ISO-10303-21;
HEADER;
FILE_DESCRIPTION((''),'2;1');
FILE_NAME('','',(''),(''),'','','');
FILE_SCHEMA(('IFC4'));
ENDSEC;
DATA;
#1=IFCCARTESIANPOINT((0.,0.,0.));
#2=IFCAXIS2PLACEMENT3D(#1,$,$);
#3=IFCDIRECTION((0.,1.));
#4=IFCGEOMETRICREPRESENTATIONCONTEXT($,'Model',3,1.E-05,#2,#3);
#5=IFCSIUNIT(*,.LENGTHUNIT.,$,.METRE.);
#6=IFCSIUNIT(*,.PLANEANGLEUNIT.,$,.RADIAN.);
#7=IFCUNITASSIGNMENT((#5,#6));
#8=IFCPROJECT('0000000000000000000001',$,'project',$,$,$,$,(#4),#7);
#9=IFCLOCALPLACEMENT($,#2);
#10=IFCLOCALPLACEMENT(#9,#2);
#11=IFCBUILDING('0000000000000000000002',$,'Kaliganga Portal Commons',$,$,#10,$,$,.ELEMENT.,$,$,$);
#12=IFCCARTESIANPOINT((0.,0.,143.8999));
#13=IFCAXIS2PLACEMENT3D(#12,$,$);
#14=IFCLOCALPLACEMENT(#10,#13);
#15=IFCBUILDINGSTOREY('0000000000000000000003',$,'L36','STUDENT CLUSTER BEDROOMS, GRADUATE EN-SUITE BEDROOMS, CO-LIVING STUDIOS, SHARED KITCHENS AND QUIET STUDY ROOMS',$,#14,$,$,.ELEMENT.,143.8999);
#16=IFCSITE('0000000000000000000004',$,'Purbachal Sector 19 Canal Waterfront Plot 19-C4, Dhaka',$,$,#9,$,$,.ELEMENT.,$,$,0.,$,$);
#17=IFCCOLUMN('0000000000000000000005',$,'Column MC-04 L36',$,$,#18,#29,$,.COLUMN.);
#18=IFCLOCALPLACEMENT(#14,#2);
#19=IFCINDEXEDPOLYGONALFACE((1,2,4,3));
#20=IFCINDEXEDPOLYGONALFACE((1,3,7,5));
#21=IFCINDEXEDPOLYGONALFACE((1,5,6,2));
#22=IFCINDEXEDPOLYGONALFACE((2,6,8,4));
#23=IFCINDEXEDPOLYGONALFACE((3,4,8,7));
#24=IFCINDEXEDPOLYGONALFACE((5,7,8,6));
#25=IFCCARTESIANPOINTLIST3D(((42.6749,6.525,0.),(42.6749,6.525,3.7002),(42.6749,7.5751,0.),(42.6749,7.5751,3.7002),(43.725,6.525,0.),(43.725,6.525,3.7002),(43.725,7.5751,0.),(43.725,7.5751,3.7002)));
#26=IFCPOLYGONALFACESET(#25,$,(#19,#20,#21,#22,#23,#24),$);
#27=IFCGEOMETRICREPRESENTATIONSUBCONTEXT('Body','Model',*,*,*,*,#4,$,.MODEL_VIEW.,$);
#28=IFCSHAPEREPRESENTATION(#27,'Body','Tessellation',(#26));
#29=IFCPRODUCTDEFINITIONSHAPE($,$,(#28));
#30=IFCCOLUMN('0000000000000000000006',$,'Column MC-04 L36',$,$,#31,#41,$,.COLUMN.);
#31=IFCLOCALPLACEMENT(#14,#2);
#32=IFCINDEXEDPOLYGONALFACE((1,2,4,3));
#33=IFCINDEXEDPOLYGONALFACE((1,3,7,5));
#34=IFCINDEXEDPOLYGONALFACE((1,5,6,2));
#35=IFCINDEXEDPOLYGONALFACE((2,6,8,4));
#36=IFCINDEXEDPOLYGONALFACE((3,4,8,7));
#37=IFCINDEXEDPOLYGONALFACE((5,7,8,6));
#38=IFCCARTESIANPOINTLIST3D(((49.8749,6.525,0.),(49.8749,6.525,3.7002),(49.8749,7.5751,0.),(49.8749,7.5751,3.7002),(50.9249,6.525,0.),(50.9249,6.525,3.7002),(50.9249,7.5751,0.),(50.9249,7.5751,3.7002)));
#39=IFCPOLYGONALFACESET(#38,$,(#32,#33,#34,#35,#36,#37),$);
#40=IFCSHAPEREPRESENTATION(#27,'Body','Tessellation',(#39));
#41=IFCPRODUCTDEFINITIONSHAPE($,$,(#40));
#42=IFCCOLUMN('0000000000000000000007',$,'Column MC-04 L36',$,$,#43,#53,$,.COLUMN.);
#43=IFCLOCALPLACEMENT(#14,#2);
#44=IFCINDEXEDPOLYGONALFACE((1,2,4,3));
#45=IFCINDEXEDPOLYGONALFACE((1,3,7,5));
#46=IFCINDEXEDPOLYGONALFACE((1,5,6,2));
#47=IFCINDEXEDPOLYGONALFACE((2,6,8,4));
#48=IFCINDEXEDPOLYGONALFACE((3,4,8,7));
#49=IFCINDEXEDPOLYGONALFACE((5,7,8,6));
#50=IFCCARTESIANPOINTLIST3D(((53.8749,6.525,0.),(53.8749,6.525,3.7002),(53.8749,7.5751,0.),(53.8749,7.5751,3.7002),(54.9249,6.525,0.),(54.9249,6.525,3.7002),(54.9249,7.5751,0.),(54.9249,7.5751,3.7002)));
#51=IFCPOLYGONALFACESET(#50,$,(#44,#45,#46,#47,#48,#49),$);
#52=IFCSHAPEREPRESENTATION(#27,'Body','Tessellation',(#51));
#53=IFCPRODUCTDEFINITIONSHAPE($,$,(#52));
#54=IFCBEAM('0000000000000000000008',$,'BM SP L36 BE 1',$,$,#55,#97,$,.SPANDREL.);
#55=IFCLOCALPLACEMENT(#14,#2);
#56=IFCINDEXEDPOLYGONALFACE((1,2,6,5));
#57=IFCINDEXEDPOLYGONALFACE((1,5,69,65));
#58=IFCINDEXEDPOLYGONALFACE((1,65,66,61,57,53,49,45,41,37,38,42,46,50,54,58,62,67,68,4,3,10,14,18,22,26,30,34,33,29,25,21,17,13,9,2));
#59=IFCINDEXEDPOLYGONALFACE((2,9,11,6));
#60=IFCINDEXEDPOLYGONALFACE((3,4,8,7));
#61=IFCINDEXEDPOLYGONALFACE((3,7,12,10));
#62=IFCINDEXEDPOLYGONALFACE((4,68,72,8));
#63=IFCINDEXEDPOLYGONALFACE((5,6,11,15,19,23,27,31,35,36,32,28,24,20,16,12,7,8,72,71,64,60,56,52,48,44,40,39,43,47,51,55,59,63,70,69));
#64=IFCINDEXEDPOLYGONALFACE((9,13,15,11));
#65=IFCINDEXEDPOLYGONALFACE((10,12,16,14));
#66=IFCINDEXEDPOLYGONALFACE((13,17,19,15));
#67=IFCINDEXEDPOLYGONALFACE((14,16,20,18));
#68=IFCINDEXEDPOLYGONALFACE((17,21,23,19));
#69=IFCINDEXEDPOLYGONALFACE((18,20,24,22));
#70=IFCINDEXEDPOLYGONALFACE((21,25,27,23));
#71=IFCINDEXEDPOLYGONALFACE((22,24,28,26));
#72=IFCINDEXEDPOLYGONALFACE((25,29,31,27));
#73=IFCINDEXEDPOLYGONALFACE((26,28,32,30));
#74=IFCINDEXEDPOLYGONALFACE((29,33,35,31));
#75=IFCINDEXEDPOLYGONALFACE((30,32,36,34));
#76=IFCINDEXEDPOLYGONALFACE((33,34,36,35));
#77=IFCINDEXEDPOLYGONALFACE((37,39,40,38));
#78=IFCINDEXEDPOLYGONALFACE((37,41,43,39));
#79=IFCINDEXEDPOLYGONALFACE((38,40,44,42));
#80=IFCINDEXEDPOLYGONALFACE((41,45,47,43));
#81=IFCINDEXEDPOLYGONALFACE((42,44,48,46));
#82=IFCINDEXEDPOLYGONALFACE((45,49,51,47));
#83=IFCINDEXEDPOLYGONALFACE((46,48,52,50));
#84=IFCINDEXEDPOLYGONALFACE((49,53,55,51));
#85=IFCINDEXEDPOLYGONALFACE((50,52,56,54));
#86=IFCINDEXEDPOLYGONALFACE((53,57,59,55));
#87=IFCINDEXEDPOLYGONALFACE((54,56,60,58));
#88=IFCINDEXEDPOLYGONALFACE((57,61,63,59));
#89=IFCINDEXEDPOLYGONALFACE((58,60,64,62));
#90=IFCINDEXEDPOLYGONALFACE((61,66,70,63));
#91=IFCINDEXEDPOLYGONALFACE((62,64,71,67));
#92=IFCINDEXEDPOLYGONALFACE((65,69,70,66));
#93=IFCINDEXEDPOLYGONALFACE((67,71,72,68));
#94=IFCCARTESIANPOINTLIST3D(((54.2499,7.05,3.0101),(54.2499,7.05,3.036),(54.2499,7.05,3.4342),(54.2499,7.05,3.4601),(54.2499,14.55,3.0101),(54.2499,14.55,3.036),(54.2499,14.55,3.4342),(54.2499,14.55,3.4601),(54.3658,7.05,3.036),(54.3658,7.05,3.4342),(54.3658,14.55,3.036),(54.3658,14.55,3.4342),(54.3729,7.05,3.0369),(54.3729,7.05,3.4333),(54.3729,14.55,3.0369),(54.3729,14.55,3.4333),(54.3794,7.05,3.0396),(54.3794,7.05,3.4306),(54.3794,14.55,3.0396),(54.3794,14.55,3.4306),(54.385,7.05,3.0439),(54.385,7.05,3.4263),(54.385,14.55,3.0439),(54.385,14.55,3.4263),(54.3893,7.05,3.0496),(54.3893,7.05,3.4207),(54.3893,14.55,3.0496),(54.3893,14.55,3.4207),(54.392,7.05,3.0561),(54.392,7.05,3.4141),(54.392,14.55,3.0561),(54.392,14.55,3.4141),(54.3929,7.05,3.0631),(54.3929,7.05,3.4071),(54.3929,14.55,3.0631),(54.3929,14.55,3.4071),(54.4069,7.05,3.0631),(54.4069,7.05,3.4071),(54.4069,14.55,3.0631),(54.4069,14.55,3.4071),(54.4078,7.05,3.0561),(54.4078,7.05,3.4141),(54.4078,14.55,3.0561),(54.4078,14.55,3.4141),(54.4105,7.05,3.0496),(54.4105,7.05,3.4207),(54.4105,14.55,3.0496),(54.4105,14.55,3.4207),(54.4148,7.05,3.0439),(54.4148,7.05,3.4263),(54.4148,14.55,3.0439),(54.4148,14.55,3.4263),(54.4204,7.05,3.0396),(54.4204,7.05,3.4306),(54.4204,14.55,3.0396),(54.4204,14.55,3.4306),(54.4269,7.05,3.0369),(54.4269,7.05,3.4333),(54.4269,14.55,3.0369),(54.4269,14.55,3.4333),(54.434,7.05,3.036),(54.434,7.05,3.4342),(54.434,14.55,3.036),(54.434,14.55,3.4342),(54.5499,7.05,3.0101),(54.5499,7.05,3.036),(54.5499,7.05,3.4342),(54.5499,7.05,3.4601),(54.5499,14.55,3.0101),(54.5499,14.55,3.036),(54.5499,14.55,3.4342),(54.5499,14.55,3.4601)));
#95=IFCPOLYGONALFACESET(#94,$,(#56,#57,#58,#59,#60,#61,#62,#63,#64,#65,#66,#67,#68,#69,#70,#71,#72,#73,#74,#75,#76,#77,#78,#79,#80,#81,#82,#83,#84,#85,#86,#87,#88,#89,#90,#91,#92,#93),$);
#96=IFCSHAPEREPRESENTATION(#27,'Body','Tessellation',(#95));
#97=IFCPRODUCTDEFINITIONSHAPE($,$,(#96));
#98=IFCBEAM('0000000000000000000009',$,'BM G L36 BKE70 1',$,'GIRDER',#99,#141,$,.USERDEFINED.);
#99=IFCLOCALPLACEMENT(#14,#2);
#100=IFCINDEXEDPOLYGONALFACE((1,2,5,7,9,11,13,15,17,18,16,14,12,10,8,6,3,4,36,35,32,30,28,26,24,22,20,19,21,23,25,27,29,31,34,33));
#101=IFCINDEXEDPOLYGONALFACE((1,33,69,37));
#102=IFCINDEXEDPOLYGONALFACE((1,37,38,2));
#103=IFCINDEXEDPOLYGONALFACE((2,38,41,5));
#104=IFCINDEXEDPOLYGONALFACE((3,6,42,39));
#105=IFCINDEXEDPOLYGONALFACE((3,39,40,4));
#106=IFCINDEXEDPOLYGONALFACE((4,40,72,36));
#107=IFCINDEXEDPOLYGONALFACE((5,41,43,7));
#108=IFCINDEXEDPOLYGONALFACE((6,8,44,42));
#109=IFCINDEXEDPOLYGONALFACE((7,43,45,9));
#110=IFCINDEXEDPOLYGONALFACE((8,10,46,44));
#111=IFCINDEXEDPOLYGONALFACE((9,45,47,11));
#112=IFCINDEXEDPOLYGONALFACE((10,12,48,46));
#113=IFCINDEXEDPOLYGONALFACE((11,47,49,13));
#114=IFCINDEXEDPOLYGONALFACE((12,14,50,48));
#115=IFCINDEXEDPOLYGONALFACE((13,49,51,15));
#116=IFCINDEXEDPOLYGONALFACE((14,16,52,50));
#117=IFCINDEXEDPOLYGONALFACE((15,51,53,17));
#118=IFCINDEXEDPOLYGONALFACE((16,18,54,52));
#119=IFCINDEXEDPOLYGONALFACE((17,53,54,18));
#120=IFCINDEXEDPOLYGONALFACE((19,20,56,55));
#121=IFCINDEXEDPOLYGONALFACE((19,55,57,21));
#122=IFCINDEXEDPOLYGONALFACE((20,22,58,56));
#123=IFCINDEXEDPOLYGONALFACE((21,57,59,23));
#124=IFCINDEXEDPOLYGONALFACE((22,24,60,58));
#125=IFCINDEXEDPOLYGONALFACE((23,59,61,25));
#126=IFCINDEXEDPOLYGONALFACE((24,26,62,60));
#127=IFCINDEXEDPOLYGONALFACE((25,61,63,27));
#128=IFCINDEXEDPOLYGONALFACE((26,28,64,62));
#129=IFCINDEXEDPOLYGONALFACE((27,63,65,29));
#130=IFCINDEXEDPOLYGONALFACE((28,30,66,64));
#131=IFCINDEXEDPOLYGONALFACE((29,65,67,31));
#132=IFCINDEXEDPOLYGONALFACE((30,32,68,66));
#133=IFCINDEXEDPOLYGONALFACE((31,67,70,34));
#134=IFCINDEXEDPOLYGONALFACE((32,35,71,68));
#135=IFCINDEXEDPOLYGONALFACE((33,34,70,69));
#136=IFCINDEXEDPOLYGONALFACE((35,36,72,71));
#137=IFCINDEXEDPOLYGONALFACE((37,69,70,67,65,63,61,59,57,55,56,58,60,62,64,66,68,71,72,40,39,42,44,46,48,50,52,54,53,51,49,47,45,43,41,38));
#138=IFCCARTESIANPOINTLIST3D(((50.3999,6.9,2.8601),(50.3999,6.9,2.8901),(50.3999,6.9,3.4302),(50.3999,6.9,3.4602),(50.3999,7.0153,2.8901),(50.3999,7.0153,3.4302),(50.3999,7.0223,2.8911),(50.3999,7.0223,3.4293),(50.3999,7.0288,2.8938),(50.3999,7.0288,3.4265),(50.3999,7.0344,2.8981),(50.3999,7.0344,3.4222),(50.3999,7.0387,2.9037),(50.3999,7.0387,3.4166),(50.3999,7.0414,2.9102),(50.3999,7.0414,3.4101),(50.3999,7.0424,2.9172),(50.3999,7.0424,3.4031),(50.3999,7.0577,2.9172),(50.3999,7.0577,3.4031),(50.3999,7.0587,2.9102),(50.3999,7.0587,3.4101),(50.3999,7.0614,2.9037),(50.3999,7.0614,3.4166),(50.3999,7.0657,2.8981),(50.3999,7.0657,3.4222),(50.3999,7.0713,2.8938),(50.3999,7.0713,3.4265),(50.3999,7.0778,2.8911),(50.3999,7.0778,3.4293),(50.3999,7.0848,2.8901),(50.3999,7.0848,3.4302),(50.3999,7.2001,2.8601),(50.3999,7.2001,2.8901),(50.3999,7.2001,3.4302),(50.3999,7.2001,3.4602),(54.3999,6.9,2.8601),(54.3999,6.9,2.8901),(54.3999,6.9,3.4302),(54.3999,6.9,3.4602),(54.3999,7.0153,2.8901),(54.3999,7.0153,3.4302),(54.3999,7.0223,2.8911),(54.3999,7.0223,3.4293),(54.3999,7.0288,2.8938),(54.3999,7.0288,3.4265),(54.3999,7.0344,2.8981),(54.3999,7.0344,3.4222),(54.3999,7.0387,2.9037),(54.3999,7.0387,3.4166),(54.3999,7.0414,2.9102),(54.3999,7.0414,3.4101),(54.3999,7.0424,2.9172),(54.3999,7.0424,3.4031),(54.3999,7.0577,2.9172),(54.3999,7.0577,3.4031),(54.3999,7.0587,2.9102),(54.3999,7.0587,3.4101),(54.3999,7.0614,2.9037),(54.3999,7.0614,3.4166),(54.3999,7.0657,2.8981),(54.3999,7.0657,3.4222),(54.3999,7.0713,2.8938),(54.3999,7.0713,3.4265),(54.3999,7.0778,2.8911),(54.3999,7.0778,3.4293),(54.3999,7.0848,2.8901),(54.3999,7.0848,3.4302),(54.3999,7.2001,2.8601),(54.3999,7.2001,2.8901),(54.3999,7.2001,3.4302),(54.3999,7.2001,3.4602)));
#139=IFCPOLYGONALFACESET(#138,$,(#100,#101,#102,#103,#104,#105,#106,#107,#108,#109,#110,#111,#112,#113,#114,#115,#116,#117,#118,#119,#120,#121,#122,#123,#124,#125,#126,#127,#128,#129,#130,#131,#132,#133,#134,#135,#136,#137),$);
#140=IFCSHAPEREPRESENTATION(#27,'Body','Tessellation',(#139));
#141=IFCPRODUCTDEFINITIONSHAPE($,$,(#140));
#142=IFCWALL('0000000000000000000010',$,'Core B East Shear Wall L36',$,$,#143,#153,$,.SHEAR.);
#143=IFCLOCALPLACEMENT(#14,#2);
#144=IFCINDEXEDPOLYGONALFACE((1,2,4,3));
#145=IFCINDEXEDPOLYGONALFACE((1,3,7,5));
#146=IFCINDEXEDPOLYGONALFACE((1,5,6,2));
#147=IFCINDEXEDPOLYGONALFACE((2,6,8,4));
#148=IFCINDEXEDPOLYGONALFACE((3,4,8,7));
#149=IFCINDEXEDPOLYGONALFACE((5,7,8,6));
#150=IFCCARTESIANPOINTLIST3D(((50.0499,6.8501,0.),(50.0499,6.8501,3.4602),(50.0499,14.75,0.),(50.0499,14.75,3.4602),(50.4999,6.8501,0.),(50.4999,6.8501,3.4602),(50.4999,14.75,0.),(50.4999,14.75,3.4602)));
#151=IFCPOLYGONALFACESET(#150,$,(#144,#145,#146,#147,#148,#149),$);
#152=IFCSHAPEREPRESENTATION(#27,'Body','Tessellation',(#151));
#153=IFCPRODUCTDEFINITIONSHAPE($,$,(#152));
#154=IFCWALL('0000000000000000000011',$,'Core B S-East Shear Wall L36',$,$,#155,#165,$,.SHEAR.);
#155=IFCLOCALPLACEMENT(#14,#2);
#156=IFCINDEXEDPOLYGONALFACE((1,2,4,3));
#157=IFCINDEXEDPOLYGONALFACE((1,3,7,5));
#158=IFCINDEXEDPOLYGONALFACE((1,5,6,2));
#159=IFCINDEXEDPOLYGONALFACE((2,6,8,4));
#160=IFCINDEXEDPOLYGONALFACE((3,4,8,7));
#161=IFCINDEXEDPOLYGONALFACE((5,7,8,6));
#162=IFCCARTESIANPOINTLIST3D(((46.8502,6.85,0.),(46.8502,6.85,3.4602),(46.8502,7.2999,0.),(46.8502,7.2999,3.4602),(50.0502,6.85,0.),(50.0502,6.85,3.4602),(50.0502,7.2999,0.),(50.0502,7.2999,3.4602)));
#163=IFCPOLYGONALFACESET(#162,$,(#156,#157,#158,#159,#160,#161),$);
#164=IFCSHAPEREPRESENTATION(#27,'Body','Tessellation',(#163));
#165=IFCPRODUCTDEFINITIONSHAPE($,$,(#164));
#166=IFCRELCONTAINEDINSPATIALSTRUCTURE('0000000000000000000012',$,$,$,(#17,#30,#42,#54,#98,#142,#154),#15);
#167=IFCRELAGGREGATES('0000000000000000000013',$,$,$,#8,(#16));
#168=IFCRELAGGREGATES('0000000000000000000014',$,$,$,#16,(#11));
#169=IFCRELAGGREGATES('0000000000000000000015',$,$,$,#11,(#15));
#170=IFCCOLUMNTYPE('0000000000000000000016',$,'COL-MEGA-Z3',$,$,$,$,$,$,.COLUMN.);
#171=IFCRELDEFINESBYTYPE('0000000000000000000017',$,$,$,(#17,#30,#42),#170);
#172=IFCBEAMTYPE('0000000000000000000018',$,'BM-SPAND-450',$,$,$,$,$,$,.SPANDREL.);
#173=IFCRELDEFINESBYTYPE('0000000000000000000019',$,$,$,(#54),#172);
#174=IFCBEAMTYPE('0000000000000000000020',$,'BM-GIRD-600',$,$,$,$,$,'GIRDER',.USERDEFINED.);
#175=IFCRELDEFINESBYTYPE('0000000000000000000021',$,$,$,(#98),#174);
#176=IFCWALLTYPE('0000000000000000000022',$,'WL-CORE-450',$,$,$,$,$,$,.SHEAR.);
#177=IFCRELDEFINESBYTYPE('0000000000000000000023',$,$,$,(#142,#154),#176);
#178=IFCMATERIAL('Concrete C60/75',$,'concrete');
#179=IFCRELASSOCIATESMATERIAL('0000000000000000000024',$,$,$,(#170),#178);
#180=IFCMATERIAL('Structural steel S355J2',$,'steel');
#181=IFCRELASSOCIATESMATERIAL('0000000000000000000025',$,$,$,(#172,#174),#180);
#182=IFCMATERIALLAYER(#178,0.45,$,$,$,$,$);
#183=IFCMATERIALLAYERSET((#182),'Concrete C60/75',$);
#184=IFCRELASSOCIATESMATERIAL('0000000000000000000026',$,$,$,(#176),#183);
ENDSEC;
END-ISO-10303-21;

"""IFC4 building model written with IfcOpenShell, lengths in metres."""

from ifc_helpers import new_model, si_unit, direction, frame, frame_2d, origin, origin_2d, place, context, subcontext, project, spatial, rectangle, i_section, extrude, source, transform, mapped, material, layer, layer_set, material_profile, profile_set, type_object, element, save


model = new_model("IFC4")

# Units and contexts
model_context = context("Model", 3, precision=1e-05, world=origin(), true_north=direction((0.0, 1.0)))
body_context = subcontext(model_context, "Body", "Model", "MODEL_VIEW")
ifc_project = project(units=[si_unit("LENGTHUNIT", "METRE"), si_unit("PLANEANGLEUNIT", "RADIAN")], contexts=[model_context])

# Site, building, storey
site_placement = place(None, origin())
site = spatial("IfcSite", under=ifc_project, at=site_placement, Name="Purbachal Sector 19 Canal Waterfront Plot 19-C4, Dhaka", CompositionType="ELEMENT", RefElevation=0.0)
building_placement = place(site_placement, origin())
building = spatial("IfcBuilding", under=site, at=building_placement, Name="Kaliganga Portal Commons", CompositionType="ELEMENT")
storey_placement = place(building_placement, frame((0.0, 0.0, 143.8999)))
storey = spatial("IfcBuildingStorey", under=building, at=storey_placement, Name="L36", Description="STUDENT CLUSTER BEDROOMS, GRADUATE EN-SUITE BEDROOMS, CO-LIVING STUDIOS, SHARED KITCHENS AND QUIET STUDY ROOMS", CompositionType="ELEMENT", Elevation=143.8999)

# Columns
ifc_material_1 = material(Name="Concrete C60/75", Category="concrete")
ifc_material_profile_1 = material_profile(ifc_material_1, rectangle(XDim=1.05, YDim=1.05, at=origin_2d()), Name="RC 1050x1050")
ifc_profile_set_1 = profile_set([ifc_material_profile_1], Name="Concrete C60/75")
column_type = type_object("IfcColumnType", Name="COL-MEGA-Z3", PredefinedType="COLUMN", material=ifc_profile_set_1)
shared_shape_1 = source(origin(), body_context, "Body", "SweptSolid", [
    extrude(rectangle(XDim=1.05, YDim=1.05, at=origin_2d()), origin(), (0.0, 0.0, 1.0), 3.7002),
])
for number, where, z_axis, x_axis, name in (
    (1, (43.2, 7.05, 0.0), (0.0, 0.0, 1.0), (1.0, 0.0, 0.0), "Column MC-04 L36"),
    (2, (50.3999, 7.05, 0.0), (0.0, 0.0, 1.0), (1.0, 0.0, 0.0), "Column MC-04 L36"),
    (3, (54.3999, 7.05, 0.0), (0.0, 0.0, 1.0), (1.0, 0.0, 0.0), "Column MC-04 L36"),
):
    element("IfcColumn", number, at=place(storey_placement, frame(where, z_axis=z_axis, x_axis=x_axis)), inside=storey, type_object=column_type, Name=name, PredefinedType="COLUMN", context=body_context, shape_type="MappedRepresentation", body=[
        mapped(shared_shape_1, transform((0.0, 0.0, 0.0), x_axis=(1.0, 0.0, 0.0), y_axis=(0.0, 1.0, 0.0), z_axis=(0.0, 0.0, 1.0), scale=1.0)),
    ])

# Beams
ifc_material_2 = material(Name="Structural steel S355J2", Category="steel")
ifc_material_profile_2 = material_profile(ifc_material_2, i_section(OverallWidth=0.3, OverallDepth=0.45, WebThickness=0.0139, FlangeThickness=0.0259, FilletRadius=0.0271, at=origin_2d()), Name="HE 450 B")
ifc_profile_set_2 = profile_set([ifc_material_profile_2], Name="Structural steel S355J2 wide-flange")
beam_type_1 = type_object("IfcBeamType", Name="BM-SPAND-450", PredefinedType="SPANDREL", material=ifc_profile_set_2)
shared_shape_2 = source(origin(), body_context, "Body", "SweptSolid", [
    extrude(i_section(OverallWidth=0.3, OverallDepth=0.45, WebThickness=0.0139, FlangeThickness=0.0259, FilletRadius=0.0271, at=origin_2d()), origin(), (0.0, 0.0, 1.0), 7.5),
])
beam_1_placement = place(storey_placement, frame((54.3999, 7.05, 3.2351), z_axis=(0.0, 1.0, 0.0), x_axis=(-1.0, 0.0, 0.0)))
element("IfcBeam", 4, at=beam_1_placement, inside=storey, type_object=beam_type_1, Name="BM SP L36 BE 1", PredefinedType="SPANDREL", context=body_context, shape_type="MappedRepresentation", body=[
    mapped(shared_shape_2, transform((0.0, 0.0, 0.0), x_axis=(1.0, 0.0, 0.0), y_axis=(0.0, 1.0, 0.0), z_axis=(0.0, 0.0, 1.0), scale=1.0)),
])
ifc_material_profile_3 = material_profile(ifc_material_2, i_section(OverallWidth=0.3, OverallDepth=0.6001, WebThickness=0.0154, FlangeThickness=0.03, FilletRadius=0.0271, at=origin_2d()), Name="HE 600 B")
ifc_profile_set_3 = profile_set([ifc_material_profile_3], Name="Structural steel S355J2 wide-flange")
beam_type_2 = type_object("IfcBeamType", Name="BM-GIRD-600", ElementType="GIRDER", PredefinedType="USERDEFINED", material=ifc_profile_set_3)
shared_shape_3 = source(origin(), body_context, "Body", "SweptSolid", [
    extrude(i_section(OverallWidth=0.3, OverallDepth=0.6001, WebThickness=0.0154, FlangeThickness=0.03, FilletRadius=0.0271, at=origin_2d()), origin(), (0.0, 0.0, 1.0), 4.0),
])
beam_2_placement = place(storey_placement, frame((50.3999, 7.05, 3.1602), z_axis=(1.0, 0.0, 0.0), x_axis=(0.0, 1.0, 0.0)))
element("IfcBeam", 5, at=beam_2_placement, inside=storey, type_object=beam_type_2, Name="BM G L36 BKE70 1", ObjectType="GIRDER", PredefinedType="USERDEFINED", context=body_context, shape_type="MappedRepresentation", body=[
    mapped(shared_shape_3, transform((0.0, 0.0, 0.0), x_axis=(1.0, 0.0, 0.0), y_axis=(0.0, 1.0, 0.0), z_axis=(0.0, 0.0, 1.0), scale=1.0)),
])

# Walls
ifc_layer_1 = layer(ifc_material_1, 0.45)
ifc_layer_set_1 = layer_set([ifc_layer_1], Name="Concrete C60/75")
wall_type_1 = type_object("IfcWallType", Name="WL-CORE-450", PredefinedType="SHEAR", material=ifc_layer_set_1)
wall_1_placement = place(storey_placement, frame((50.2749, 6.8501, 0.0), z_axis=(0.0, 0.0, 1.0), x_axis=(0.0, 1.0, 0.0)))
element("IfcWall", 6, at=wall_1_placement, inside=storey, type_object=wall_type_1, Name="Core B East Shear Wall L36", PredefinedType="SHEAR", context=body_context, shape_type="SweptSolid", body=[
    extrude(rectangle(XDim=7.8999, YDim=0.45, at=frame_2d((3.95, 0.0))), origin(), (0.0, 0.0, 1.0), 3.4602),
])
wall_2_placement = place(storey_placement, frame((46.8501, 7.075, 0.0), z_axis=(0.0, 0.0, 1.0), x_axis=(1.0, 0.0, 0.0)))
element("IfcWall", 7, at=wall_2_placement, inside=storey, type_object=wall_type_1, Name="Core B S-East Shear Wall L36", PredefinedType="SHEAR", context=body_context, shape_type="SweptSolid", body=[
    extrude(rectangle(XDim=3.2, YDim=0.45, at=frame_2d((1.6001, 0.0))), origin(), (0.0, 0.0, 1.0), 3.4602),
])

save(model, "model.ifc")
